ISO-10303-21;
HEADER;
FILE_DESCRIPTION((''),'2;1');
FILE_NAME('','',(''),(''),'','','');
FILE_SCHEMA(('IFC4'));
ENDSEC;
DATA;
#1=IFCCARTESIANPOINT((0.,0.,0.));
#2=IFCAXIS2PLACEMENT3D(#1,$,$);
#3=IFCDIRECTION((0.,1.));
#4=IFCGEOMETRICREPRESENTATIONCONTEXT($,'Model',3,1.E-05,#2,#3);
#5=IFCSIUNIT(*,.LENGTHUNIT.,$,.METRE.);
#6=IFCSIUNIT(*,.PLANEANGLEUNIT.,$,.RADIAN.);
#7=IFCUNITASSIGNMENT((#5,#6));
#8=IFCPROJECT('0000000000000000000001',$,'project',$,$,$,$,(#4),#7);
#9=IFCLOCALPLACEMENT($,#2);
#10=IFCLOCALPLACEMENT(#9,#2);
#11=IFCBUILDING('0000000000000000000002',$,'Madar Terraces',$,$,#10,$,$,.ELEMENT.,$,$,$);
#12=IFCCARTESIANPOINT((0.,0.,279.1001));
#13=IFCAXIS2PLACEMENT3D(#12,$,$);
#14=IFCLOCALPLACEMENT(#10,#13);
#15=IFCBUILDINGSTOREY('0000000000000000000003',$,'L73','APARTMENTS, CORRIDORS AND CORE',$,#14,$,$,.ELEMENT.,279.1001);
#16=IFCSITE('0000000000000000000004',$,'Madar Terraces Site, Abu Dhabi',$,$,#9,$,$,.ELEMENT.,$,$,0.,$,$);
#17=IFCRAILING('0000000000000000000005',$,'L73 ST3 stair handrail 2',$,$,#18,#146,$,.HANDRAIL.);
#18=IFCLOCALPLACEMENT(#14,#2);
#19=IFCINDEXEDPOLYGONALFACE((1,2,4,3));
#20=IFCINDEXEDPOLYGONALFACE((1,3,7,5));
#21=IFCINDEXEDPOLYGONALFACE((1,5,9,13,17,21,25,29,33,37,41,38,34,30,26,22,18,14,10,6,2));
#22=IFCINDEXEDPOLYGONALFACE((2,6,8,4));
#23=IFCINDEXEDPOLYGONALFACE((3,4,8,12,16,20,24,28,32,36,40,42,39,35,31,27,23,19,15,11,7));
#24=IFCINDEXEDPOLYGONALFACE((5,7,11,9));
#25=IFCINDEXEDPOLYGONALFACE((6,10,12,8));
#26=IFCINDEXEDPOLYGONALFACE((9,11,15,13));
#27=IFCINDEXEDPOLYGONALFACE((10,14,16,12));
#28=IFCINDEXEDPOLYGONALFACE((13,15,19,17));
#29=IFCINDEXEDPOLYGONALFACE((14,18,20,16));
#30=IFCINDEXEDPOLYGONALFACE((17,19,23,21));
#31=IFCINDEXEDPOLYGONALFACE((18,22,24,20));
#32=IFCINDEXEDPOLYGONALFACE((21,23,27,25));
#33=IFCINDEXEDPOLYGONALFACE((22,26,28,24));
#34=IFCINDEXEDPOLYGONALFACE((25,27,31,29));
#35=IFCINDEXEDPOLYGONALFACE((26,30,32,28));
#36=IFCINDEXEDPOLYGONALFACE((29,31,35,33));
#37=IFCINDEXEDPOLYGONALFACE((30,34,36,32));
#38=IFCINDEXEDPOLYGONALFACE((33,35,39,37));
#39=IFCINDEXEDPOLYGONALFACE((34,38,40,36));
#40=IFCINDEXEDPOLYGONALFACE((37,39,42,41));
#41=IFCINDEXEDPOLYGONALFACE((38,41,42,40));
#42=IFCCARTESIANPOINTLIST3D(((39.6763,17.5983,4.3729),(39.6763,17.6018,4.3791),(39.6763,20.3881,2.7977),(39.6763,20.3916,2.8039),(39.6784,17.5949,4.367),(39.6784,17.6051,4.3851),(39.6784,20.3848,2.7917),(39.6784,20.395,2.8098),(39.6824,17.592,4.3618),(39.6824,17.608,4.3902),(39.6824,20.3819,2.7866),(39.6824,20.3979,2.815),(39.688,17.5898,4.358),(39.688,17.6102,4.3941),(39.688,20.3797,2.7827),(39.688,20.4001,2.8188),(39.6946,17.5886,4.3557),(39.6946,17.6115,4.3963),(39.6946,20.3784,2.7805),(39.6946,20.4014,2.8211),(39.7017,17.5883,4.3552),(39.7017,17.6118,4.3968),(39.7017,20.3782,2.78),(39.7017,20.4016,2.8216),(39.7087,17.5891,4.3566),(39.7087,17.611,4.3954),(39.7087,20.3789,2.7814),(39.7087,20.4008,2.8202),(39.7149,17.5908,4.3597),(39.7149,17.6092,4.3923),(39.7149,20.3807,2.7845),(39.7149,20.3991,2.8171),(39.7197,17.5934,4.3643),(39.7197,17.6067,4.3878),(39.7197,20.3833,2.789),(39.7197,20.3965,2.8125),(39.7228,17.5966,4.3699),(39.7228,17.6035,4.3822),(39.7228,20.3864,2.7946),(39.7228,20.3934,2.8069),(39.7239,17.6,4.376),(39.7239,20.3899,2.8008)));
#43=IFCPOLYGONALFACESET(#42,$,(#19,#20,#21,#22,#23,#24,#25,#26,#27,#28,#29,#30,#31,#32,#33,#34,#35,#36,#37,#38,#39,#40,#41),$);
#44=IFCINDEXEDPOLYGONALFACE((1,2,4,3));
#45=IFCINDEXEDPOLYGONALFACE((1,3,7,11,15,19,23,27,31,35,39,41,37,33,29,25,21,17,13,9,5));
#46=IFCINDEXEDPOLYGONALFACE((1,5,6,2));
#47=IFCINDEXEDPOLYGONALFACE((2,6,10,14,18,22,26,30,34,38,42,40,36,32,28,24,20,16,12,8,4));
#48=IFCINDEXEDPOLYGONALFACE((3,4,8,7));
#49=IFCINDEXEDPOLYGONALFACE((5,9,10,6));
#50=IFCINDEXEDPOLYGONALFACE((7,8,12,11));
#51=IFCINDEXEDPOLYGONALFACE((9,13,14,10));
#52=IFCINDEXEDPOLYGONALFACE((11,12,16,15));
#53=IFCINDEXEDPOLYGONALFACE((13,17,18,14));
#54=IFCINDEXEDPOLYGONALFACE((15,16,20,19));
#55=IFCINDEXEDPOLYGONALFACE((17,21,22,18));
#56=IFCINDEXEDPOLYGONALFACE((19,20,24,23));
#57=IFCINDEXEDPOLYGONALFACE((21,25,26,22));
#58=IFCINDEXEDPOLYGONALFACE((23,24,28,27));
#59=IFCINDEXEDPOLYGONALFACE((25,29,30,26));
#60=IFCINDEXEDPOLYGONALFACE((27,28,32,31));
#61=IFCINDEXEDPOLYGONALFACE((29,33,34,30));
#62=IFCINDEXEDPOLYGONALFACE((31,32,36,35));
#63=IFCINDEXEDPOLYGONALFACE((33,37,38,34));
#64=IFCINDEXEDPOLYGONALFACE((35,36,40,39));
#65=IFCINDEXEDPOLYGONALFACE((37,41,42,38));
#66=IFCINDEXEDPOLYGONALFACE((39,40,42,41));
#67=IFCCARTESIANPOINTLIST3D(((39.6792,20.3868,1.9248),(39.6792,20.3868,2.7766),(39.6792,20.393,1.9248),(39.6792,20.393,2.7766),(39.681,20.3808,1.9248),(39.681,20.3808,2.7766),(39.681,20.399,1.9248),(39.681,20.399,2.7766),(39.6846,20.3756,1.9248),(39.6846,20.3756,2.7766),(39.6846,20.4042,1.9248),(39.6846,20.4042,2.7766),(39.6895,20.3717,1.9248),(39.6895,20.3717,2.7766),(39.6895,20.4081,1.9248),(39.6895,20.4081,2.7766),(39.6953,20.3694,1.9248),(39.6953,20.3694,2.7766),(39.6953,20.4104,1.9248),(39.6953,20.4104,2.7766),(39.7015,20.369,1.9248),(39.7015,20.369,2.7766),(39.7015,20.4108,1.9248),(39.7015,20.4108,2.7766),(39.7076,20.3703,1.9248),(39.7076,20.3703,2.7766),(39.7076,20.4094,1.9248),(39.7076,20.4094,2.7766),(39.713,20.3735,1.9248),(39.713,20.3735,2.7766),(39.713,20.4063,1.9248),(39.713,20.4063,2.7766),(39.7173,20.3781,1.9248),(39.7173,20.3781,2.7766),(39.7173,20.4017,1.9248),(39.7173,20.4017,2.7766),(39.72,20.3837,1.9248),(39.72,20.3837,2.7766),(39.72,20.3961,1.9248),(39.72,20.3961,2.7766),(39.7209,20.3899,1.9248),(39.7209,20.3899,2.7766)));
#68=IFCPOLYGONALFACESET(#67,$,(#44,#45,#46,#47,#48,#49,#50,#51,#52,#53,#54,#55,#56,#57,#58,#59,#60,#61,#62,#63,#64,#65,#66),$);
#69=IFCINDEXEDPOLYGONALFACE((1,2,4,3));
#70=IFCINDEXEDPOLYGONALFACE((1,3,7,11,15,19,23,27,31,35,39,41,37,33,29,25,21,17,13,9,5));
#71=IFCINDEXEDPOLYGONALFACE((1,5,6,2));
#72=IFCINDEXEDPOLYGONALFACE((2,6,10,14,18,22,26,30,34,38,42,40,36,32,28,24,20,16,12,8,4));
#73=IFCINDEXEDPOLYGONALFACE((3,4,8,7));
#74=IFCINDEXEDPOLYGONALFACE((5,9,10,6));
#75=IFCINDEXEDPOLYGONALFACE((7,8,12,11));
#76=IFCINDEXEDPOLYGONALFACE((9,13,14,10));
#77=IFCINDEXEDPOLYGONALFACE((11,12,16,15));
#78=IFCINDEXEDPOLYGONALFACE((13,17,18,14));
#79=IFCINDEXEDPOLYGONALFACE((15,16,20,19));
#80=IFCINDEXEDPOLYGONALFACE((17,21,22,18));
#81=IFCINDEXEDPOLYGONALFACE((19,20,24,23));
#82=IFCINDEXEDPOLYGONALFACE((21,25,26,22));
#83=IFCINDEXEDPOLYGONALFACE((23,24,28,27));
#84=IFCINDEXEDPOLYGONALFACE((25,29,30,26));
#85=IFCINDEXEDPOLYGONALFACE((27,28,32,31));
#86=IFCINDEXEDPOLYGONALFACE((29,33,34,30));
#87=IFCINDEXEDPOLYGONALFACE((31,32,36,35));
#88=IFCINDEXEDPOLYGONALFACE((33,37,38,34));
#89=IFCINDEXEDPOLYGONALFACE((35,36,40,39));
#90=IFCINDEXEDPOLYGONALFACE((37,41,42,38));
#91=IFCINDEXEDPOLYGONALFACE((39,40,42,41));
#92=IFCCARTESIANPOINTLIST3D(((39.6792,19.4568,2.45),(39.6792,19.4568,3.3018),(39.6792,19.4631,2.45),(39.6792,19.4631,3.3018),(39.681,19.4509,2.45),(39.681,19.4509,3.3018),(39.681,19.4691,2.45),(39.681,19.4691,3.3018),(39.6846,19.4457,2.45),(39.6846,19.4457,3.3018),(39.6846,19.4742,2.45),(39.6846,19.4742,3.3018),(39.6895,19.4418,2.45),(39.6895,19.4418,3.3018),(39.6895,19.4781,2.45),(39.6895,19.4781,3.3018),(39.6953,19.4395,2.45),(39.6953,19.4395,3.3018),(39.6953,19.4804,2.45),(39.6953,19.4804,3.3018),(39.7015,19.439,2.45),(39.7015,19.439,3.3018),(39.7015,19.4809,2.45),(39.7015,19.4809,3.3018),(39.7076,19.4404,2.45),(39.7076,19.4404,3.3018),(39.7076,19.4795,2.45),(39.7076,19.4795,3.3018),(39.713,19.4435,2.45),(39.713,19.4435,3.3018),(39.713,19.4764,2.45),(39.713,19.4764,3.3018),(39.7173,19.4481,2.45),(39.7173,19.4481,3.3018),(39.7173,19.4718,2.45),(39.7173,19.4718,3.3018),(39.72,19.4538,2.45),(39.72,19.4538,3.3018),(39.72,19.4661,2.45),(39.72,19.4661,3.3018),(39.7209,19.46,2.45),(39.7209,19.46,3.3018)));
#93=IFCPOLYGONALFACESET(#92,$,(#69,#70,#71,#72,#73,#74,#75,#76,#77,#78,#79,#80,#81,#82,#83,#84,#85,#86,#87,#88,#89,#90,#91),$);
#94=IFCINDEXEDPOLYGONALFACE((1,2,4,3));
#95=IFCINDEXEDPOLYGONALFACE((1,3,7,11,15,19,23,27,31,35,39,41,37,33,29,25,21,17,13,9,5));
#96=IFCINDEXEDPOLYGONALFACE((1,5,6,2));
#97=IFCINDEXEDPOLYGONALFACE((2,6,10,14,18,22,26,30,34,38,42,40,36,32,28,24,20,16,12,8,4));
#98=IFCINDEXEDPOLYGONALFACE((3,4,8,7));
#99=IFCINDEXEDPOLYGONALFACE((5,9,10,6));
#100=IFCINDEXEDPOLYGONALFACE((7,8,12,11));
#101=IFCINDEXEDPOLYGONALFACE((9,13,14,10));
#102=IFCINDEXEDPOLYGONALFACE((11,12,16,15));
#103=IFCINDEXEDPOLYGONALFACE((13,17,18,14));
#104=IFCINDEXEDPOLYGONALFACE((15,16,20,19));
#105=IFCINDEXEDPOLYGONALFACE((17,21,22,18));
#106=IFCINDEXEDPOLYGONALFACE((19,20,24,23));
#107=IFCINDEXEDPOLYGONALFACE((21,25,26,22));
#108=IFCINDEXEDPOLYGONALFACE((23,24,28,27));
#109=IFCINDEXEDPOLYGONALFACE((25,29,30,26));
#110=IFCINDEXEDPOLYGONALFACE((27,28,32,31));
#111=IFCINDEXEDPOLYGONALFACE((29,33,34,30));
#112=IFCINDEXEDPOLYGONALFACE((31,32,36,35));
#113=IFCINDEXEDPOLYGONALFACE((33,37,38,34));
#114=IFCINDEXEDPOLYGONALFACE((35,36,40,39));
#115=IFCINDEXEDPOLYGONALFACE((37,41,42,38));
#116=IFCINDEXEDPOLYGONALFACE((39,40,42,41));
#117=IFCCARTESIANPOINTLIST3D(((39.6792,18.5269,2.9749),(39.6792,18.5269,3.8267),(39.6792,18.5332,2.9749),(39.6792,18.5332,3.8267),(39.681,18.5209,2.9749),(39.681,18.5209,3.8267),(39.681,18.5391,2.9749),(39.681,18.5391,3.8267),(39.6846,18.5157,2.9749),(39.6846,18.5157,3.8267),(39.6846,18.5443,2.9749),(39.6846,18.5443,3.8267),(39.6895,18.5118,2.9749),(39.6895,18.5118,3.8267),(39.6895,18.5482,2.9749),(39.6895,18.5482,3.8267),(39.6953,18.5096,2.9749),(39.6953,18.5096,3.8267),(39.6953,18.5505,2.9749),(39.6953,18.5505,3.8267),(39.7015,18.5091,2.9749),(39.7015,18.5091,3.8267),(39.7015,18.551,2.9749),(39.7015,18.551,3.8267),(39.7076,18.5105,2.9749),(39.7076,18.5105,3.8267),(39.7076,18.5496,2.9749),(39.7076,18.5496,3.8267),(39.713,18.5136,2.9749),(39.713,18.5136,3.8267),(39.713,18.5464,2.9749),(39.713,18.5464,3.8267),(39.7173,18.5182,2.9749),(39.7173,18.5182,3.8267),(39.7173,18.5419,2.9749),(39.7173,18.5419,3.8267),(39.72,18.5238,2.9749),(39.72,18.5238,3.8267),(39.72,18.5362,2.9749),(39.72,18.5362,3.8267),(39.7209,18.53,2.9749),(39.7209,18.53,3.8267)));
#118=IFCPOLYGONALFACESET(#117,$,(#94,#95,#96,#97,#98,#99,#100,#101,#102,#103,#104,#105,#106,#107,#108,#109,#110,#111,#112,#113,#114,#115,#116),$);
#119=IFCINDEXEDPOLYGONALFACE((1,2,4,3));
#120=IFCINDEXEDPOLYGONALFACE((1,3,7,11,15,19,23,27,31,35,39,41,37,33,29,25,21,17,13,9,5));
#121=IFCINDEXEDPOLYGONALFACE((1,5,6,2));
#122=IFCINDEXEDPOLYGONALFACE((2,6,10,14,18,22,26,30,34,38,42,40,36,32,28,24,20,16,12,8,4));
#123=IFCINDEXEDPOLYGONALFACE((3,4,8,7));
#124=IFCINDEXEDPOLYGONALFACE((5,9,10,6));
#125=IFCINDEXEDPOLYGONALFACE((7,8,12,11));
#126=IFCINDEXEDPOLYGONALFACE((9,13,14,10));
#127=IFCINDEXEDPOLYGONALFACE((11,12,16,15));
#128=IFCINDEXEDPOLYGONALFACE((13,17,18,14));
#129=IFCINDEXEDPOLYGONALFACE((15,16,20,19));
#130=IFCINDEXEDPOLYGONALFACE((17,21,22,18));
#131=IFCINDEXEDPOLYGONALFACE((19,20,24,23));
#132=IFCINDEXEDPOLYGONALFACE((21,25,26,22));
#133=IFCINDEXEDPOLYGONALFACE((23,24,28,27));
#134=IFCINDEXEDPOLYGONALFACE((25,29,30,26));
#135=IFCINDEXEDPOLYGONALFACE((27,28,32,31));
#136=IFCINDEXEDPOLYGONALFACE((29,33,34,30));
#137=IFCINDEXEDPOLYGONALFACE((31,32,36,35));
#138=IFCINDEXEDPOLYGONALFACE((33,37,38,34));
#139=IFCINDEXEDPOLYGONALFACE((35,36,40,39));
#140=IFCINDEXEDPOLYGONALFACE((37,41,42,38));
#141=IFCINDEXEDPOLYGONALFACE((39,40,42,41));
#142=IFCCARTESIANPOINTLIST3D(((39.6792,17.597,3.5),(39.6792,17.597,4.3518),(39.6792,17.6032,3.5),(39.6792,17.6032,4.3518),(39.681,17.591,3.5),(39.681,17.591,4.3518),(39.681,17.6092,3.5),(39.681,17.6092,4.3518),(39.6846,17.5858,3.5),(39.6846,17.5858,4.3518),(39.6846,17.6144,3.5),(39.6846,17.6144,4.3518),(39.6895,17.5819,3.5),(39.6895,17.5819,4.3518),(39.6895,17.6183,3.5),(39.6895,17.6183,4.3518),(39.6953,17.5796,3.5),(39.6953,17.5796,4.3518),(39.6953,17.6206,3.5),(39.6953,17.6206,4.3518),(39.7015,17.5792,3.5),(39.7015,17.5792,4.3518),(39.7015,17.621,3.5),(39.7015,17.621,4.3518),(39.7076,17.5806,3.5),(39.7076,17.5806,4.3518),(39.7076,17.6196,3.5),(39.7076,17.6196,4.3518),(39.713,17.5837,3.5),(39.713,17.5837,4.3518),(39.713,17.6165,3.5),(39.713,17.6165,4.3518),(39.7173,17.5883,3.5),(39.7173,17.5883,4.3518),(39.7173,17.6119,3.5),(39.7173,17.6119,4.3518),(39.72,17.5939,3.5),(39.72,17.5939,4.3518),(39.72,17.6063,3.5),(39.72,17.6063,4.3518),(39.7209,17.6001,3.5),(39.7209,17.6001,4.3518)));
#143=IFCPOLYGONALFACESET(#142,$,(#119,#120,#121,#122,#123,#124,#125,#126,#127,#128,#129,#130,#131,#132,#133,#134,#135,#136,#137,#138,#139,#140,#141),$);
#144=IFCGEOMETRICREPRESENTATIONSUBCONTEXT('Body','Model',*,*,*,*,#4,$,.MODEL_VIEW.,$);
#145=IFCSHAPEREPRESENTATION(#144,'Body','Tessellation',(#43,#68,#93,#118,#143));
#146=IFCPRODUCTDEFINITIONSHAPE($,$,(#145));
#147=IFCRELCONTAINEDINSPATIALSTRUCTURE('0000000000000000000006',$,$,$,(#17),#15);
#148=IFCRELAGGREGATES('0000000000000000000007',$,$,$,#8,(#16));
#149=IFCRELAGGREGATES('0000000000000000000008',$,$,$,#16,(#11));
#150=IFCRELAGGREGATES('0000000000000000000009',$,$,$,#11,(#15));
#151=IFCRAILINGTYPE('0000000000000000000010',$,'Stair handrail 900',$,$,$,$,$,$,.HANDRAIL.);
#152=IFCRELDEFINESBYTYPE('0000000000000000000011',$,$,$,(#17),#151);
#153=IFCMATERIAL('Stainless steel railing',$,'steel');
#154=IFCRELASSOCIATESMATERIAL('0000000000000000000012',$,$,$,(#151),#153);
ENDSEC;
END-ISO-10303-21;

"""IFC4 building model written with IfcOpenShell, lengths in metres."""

from ifc_helpers import new_model, si_unit, direction, frame, origin, origin_2d, place, context, subcontext, project, spatial, circle, extrude, material, type_object, element, save


model = new_model("IFC4")

# Units and contexts
model_context = context("Model", 3, precision=1e-05, world=origin(), true_north=direction((0.0, 1.0)))
body_context = subcontext(model_context, "Body", "Model", "MODEL_VIEW")
ifc_project = project(units=[si_unit("LENGTHUNIT", "METRE"), si_unit("PLANEANGLEUNIT", "RADIAN")], contexts=[model_context])

# Site, building, storey
site_placement = place(None, origin())
site = spatial("IfcSite", under=ifc_project, at=site_placement, Name="Madar Terraces Site, Abu Dhabi", CompositionType="ELEMENT", RefElevation=0.0)
building_placement = place(site_placement, origin())
building = spatial("IfcBuilding", under=site, at=building_placement, Name="Madar Terraces", CompositionType="ELEMENT")
storey_placement = place(building_placement, frame((0.0, 0.0, 279.1001)))
storey = spatial("IfcBuildingStorey", under=building, at=storey_placement, Name="L73", Description="APARTMENTS, CORRIDORS AND CORE", CompositionType="ELEMENT", Elevation=279.1001)

# Railing
ifc_material_1 = material(Name="Stainless steel railing", Category="steel")
railing_type_1 = type_object("IfcRailingType", Name="Stair handrail 900", PredefinedType="HANDRAIL", material=ifc_material_1)
railing_1_placement = place(storey_placement, frame((39.7, 20.3899, 1.9248)))
element("IfcRailing", 1, at=railing_1_placement, inside=storey, type_object=railing_type_1, Name="L73 ST3 stair handrail 2", PredefinedType="HANDRAIL", context=body_context, shape_type="SweptSolid", body=[
    extrude(circle(Radius=0.0239, at=origin_2d()), frame((0.0, 0.0, 0.876), z_axis=(0.0, -0.870783, 0.491668), x_axis=(1.0, 0.0, 0.0)), (0.0, 0.0, 1.0), 3.2039),
    extrude(circle(Radius=0.021, at=origin_2d()), origin(), (0.0, 0.0, 1.0), 0.8518),
    extrude(circle(Radius=0.021, at=origin_2d()), frame((0.0, -0.9299, 0.5251)), (0.0, 0.0, 1.0), 0.8518),
    extrude(circle(Radius=0.021, at=origin_2d()), frame((0.0, -1.8599, 1.05)), (0.0, 0.0, 1.0), 0.8518),
    extrude(circle(Radius=0.021, at=origin_2d()), frame((0.0, -2.7898, 1.5752)), (0.0, 0.0, 1.0), 0.8518),
])

save(model, "model.ifc")
